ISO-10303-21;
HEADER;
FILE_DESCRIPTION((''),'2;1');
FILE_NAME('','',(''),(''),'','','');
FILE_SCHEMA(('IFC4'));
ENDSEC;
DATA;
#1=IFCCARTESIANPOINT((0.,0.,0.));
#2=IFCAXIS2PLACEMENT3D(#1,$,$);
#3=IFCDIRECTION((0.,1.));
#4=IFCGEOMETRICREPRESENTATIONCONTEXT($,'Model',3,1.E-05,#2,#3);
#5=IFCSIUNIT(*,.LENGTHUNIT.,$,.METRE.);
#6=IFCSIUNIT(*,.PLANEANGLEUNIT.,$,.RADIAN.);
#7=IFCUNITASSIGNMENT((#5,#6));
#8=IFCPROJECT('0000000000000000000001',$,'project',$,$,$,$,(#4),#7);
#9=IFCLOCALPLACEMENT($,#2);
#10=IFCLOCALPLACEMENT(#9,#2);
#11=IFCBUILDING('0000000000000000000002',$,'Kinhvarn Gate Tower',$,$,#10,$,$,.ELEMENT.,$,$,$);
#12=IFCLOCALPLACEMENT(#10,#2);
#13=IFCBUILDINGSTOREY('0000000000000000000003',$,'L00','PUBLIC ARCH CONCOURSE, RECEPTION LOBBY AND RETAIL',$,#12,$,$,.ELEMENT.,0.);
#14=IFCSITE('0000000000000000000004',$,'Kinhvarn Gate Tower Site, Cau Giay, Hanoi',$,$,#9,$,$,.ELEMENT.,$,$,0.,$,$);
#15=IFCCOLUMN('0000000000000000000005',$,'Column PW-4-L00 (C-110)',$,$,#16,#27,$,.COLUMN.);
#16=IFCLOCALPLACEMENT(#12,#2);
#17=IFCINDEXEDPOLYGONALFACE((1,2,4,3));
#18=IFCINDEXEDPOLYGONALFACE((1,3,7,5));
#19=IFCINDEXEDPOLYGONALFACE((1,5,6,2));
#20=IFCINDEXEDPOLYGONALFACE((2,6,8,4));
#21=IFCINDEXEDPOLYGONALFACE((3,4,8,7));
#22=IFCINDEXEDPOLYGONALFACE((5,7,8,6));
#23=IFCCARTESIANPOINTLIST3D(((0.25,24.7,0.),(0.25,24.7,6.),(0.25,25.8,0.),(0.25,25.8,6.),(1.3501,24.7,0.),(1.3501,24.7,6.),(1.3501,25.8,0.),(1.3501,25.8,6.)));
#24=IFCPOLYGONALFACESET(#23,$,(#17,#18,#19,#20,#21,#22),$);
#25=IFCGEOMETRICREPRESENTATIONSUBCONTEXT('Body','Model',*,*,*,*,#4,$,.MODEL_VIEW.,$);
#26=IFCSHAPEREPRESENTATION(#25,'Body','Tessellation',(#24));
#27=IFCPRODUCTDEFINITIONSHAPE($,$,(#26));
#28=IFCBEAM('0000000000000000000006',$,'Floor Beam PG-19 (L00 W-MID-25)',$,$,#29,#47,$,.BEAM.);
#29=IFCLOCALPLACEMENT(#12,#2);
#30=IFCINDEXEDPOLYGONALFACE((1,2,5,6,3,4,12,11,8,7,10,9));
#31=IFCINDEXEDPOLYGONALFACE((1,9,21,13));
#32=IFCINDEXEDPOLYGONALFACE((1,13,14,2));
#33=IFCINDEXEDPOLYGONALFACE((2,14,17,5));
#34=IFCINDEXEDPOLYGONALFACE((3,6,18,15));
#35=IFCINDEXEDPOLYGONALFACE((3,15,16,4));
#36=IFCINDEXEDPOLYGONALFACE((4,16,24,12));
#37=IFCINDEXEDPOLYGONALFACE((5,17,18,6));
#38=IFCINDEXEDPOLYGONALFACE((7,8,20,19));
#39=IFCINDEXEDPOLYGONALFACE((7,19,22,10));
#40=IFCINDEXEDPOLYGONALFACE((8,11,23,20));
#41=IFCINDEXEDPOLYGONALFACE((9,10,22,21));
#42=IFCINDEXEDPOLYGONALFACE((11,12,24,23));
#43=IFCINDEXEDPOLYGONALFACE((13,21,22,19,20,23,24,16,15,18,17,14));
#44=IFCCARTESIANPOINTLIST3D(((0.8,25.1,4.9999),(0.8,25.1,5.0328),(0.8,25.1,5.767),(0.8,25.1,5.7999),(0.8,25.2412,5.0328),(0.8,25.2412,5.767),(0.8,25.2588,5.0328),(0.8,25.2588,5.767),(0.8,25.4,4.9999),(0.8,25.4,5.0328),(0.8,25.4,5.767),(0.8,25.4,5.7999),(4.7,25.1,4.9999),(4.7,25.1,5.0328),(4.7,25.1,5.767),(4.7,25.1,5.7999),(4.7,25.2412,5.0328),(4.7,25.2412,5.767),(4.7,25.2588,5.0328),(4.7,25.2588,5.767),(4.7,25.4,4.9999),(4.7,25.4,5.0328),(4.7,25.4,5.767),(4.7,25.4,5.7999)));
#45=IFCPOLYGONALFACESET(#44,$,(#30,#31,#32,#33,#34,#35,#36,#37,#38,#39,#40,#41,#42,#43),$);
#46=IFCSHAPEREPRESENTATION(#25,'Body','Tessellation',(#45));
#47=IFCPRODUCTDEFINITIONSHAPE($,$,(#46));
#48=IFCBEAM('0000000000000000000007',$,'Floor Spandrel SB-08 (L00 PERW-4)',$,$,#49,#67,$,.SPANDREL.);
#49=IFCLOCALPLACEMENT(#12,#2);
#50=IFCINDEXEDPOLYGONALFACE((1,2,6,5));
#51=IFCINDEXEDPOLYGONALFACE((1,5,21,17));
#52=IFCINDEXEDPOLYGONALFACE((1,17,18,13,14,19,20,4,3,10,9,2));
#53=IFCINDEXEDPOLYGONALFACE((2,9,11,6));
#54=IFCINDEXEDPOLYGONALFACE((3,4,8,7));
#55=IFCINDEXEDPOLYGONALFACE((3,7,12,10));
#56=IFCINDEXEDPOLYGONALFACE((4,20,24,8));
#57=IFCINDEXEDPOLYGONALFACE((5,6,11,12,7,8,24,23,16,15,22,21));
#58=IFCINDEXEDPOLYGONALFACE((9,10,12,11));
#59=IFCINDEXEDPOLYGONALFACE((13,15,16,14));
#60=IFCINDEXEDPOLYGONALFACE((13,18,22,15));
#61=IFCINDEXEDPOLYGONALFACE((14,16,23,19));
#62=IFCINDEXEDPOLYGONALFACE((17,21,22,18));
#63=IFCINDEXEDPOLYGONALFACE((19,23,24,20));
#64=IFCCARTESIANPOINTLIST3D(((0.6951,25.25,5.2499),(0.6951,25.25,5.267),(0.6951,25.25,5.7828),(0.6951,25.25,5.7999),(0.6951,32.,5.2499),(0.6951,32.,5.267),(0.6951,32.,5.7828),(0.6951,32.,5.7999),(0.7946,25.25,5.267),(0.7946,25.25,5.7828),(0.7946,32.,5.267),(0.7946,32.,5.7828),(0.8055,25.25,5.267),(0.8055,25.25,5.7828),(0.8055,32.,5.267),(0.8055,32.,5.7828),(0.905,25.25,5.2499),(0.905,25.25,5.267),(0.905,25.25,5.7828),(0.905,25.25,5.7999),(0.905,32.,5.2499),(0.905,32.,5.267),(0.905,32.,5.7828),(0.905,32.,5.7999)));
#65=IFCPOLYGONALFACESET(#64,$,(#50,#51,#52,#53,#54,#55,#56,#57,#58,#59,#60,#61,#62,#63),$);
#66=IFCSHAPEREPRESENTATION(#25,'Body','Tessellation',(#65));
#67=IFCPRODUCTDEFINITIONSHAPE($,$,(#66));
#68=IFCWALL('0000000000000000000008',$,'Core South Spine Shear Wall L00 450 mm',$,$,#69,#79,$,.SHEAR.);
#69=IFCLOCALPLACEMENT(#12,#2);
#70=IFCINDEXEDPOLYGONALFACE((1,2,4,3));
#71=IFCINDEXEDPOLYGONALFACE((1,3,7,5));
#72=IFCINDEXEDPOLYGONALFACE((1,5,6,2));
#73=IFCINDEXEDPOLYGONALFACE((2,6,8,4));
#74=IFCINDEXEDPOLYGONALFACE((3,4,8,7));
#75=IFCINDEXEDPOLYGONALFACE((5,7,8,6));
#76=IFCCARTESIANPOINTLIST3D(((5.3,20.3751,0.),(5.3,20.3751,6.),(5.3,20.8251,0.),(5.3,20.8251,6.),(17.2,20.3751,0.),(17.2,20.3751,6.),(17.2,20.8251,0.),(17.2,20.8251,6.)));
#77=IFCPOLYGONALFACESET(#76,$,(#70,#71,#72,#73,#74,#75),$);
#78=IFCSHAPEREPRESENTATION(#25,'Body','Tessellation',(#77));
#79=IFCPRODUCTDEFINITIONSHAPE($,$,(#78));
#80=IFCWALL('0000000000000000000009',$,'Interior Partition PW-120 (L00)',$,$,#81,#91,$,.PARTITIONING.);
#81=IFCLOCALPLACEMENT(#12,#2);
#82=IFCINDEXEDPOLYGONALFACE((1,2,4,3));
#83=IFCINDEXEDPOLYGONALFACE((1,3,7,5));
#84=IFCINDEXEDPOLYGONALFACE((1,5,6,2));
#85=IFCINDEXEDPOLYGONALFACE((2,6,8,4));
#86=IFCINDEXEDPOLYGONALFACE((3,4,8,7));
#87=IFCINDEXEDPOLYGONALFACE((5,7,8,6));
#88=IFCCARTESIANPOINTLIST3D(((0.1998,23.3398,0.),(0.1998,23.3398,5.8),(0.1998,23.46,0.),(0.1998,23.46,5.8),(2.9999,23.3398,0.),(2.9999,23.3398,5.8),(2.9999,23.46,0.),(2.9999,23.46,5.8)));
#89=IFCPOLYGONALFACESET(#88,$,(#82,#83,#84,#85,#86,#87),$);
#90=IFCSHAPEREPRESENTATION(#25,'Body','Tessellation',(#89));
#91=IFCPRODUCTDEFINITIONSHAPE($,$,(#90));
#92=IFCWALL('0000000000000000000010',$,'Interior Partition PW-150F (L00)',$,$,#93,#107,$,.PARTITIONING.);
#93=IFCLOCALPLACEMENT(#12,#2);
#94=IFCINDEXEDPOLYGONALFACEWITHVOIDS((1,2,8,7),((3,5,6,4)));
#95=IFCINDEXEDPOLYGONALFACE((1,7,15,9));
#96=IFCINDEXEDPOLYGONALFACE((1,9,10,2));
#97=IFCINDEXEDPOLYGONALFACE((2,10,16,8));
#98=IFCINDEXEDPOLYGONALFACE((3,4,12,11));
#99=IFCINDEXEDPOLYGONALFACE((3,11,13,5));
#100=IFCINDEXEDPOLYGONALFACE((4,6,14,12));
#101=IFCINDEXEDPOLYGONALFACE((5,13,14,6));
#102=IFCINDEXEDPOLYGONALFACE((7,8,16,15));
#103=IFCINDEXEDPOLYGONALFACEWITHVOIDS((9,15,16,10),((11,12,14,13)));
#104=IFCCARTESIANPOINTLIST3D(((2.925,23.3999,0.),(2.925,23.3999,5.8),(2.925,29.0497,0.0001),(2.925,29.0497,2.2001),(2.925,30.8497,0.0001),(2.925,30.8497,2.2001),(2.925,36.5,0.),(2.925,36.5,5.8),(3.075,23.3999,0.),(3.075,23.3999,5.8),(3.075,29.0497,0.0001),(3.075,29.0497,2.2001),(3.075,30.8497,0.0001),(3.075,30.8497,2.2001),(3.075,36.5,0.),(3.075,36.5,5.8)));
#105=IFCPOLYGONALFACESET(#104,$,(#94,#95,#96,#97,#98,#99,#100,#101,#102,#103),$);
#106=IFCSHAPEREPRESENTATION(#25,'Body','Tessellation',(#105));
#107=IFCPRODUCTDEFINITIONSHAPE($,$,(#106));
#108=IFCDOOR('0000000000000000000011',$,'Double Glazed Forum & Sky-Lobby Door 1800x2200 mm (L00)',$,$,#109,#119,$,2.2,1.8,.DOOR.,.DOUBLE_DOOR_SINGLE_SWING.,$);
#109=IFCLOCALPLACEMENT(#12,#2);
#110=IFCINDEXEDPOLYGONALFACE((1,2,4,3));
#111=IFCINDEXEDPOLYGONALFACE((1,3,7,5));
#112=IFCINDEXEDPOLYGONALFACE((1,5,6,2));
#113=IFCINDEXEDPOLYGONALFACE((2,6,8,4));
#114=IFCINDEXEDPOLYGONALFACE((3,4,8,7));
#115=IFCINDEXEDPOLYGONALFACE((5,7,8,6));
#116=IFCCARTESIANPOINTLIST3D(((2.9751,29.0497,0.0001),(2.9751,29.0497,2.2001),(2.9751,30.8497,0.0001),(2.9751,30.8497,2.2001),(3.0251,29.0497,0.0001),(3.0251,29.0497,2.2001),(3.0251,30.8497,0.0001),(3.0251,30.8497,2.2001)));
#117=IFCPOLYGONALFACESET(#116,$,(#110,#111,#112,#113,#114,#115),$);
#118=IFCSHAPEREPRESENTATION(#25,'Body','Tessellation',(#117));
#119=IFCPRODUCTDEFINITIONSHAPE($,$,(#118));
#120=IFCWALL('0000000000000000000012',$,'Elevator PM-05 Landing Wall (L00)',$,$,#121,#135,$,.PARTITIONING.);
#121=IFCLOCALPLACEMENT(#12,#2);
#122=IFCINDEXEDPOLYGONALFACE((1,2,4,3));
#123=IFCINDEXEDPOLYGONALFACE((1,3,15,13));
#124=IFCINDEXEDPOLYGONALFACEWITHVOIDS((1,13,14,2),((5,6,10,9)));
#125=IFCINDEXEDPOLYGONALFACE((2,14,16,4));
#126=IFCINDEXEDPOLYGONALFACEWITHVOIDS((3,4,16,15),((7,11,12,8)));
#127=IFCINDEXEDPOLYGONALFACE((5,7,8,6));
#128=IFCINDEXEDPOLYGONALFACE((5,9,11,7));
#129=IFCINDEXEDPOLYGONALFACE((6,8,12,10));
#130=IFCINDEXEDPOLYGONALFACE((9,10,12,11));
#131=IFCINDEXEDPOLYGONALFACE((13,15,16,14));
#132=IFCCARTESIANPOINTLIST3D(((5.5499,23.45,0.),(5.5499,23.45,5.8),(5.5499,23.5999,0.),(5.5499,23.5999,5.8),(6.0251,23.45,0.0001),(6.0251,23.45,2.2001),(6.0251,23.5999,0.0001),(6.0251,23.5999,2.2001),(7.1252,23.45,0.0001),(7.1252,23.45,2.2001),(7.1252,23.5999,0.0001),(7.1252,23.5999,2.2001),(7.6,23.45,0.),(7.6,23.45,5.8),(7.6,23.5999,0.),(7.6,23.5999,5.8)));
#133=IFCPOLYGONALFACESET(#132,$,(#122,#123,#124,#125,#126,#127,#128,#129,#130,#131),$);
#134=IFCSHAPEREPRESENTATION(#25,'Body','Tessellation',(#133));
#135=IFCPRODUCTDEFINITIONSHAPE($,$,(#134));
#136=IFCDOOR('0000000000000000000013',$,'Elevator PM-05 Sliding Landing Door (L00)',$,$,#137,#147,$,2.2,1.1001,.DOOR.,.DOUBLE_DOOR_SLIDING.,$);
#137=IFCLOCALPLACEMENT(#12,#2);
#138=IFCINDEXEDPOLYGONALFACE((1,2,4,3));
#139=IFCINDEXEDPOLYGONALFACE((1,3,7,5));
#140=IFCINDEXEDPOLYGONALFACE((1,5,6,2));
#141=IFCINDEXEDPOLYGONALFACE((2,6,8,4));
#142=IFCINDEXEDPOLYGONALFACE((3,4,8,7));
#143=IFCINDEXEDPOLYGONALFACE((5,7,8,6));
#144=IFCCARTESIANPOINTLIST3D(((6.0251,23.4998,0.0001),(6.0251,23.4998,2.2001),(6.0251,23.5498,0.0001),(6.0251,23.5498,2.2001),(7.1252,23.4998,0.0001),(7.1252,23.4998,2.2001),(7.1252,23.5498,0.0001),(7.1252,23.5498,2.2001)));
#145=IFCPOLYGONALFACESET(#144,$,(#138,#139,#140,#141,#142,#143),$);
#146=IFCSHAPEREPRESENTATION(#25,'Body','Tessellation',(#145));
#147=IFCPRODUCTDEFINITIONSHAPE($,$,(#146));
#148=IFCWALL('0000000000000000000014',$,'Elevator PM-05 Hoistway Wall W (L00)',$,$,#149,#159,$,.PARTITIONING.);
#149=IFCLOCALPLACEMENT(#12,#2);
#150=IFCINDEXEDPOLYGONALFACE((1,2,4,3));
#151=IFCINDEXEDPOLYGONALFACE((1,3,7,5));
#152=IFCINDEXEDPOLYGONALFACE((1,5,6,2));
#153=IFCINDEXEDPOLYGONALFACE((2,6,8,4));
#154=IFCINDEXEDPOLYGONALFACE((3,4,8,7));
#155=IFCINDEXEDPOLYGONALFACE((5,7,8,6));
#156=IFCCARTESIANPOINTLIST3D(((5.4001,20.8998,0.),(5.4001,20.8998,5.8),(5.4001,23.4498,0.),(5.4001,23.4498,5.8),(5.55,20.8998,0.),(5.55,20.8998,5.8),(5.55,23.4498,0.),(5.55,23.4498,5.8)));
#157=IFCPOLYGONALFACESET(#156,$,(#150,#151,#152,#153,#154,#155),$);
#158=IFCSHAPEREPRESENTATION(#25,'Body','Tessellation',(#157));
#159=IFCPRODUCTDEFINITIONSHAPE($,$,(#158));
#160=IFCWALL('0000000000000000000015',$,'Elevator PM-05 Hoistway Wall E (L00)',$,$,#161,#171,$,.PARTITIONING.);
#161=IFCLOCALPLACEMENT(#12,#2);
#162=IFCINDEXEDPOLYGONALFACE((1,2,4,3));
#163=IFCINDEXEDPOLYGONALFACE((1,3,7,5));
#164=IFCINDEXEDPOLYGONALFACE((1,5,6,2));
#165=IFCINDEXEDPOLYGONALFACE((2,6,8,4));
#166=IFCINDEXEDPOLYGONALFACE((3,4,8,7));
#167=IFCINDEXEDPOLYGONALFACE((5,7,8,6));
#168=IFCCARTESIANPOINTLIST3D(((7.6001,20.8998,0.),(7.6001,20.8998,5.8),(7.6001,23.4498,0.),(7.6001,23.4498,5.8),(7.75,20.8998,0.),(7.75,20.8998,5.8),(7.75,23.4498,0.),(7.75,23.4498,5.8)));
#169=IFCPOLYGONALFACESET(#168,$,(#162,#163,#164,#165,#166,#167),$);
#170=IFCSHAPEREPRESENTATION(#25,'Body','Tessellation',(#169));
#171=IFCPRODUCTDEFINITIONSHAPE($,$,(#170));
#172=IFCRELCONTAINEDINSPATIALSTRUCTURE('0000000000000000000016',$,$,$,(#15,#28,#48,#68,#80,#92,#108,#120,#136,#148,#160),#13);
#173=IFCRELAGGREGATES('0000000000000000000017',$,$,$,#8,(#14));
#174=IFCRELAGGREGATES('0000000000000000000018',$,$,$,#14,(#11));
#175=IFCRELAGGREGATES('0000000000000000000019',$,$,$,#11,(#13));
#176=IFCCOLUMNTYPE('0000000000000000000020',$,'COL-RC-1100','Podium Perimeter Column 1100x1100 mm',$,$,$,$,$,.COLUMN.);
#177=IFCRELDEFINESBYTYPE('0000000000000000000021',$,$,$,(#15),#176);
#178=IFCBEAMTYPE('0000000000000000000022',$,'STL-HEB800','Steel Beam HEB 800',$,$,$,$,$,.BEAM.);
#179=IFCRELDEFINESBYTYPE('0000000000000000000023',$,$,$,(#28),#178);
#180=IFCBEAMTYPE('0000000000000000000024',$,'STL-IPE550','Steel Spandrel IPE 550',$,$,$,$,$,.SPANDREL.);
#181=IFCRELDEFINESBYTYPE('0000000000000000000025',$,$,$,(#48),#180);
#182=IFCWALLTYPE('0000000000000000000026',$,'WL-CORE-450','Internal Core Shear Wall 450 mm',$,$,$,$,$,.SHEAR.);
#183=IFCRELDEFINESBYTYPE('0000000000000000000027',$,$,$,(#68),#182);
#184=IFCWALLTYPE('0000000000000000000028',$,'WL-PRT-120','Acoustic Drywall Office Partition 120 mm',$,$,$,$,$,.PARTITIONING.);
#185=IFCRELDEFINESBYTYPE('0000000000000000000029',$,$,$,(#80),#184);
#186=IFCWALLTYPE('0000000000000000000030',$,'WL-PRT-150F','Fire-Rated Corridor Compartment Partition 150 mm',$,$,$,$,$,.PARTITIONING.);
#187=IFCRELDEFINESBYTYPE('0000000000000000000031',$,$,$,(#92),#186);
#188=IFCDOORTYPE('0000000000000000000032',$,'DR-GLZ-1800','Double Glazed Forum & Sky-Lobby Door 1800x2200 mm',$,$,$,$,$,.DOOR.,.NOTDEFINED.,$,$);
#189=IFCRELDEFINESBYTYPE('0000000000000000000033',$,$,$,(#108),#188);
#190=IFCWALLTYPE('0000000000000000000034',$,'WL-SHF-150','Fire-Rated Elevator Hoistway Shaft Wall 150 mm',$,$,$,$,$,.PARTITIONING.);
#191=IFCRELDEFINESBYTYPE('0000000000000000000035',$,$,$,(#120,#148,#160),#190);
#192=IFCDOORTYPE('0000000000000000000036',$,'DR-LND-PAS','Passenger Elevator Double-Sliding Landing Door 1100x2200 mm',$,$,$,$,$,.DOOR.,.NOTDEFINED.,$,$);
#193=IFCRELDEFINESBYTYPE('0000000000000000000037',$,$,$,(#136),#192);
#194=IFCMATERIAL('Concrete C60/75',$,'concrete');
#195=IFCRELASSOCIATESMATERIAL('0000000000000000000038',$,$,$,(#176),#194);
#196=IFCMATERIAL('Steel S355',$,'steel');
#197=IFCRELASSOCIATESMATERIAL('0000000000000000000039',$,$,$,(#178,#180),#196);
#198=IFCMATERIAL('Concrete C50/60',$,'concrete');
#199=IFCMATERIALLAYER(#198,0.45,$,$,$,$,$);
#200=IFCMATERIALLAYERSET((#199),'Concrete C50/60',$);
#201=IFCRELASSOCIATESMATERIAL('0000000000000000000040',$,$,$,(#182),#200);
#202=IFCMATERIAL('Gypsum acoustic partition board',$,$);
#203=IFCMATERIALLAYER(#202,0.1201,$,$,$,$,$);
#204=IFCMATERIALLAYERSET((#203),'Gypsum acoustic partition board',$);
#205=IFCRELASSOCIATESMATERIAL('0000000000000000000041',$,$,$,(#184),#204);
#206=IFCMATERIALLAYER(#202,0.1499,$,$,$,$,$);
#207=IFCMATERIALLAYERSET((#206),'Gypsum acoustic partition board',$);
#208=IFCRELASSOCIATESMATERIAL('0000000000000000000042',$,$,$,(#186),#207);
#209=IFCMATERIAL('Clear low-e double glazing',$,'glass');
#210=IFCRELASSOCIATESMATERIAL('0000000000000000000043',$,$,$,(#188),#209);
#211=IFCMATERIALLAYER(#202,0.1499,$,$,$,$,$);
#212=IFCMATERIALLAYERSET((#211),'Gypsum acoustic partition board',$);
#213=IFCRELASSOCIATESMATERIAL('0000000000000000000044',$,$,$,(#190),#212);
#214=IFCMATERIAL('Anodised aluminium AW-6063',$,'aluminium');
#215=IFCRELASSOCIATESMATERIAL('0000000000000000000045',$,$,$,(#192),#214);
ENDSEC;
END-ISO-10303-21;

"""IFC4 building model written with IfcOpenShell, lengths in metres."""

from ifc_helpers import new_model, si_unit, direction, frame, frame_2d, origin, origin_2d, place, context, subcontext, project, spatial, rectangle, i_section, extrude, material, layer, layer_set, material_profile, profile_set, type_object, element, fill, save


model = new_model("IFC4")

# Units and contexts
model_context = context("Model", 3, precision=1e-05, world=origin(), true_north=direction((0.0, 1.0)))
body_context = subcontext(model_context, "Body", "Model", "MODEL_VIEW")
ifc_project = project(units=[si_unit("LENGTHUNIT", "METRE"), si_unit("PLANEANGLEUNIT", "RADIAN")], contexts=[model_context])

# Site, building, storey
site_placement = place(None, origin())
site = spatial("IfcSite", under=ifc_project, at=site_placement, Name="Kinhvarn Gate Tower Site, Cau Giay, Hanoi", CompositionType="ELEMENT", RefElevation=0.0)
building_placement = place(site_placement, origin())
building = spatial("IfcBuilding", under=site, at=building_placement, Name="Kinhvarn Gate Tower", CompositionType="ELEMENT")
storey_placement = place(building_placement, origin())
storey = spatial("IfcBuildingStorey", under=building, at=storey_placement, Name="L00", Description="PUBLIC ARCH CONCOURSE, RECEPTION LOBBY AND RETAIL", CompositionType="ELEMENT", Elevation=0.0)

# Column
ifc_material_1 = material(Name="Concrete C60/75", Category="concrete")
ifc_material_profile_1 = material_profile(ifc_material_1, rectangle(XDim=1.1001, YDim=1.1001, at=origin_2d()), Name="RC 1100x1100")
ifc_profile_set_1 = profile_set([ifc_material_profile_1], Name="Concrete C60/75")
column_type = type_object("IfcColumnType", Name="COL-RC-1100", Description="Podium Perimeter Column 1100x1100 mm", PredefinedType="COLUMN", material=ifc_profile_set_1)
column_placement = place(storey_placement, frame((0.8, 25.25, 0.0), z_axis=(0.0, 0.0, 1.0), x_axis=(1.0, 0.0, 0.0)))
element("IfcColumn", 1, at=column_placement, inside=storey, type_object=column_type, Name="Column PW-4-L00 (C-110)", PredefinedType="COLUMN", context=body_context, shape_type="SweptSolid", body=[
    extrude(rectangle(XDim=1.1001, YDim=1.1001, at=origin_2d()), origin(), (0.0, 0.0, 1.0), 6.0),
])

# Beams
ifc_material_2 = material(Name="Steel S355", Category="steel")
ifc_material_profile_2 = material_profile(ifc_material_2, i_section(OverallWidth=0.3, OverallDepth=0.8, WebThickness=0.0176, FlangeThickness=0.033, at=origin_2d()), Name="HEB 800")
ifc_profile_set_2 = profile_set([ifc_material_profile_2], Name="Steel S355")
beam_type_1 = type_object("IfcBeamType", Name="STL-HEB800", Description="Steel Beam HEB 800", PredefinedType="BEAM", material=ifc_profile_set_2)
beam_1_placement = place(storey_placement, frame((0.8, 25.25, 5.3999), z_axis=(1.0, 0.0, 0.0), x_axis=(0.0, 1.0, 0.0)))
element("IfcBeam", 2, at=beam_1_placement, inside=storey, type_object=beam_type_1, Name="Floor Beam PG-19 (L00 W-MID-25)", PredefinedType="BEAM", context=body_context, shape_type="SweptSolid", body=[
    extrude(i_section(OverallWidth=0.3, OverallDepth=0.8, WebThickness=0.0176, FlangeThickness=0.033, at=origin_2d()), origin(), (0.0, 0.0, 1.0), 3.8999),
])
ifc_material_profile_3 = material_profile(ifc_material_2, i_section(OverallWidth=0.21, OverallDepth=0.55, WebThickness=0.011, FlangeThickness=0.0171, at=origin_2d()), Name="IPE 550")
ifc_profile_set_3 = profile_set([ifc_material_profile_3], Name="Steel S355")
beam_type_2 = type_object("IfcBeamType", Name="STL-IPE550", Description="Steel Spandrel IPE 550", PredefinedType="SPANDREL", material=ifc_profile_set_3)
beam_2_placement = place(storey_placement, frame((0.8, 25.25, 5.5249), z_axis=(0.0, 1.0, 0.0), x_axis=(-1.0, 0.0, 0.0)))
element("IfcBeam", 3, at=beam_2_placement, inside=storey, type_object=beam_type_2, Name="Floor Spandrel SB-08 (L00 PERW-4)", PredefinedType="SPANDREL", context=body_context, shape_type="SweptSolid", body=[
    extrude(i_section(OverallWidth=0.21, OverallDepth=0.55, WebThickness=0.011, FlangeThickness=0.0171, at=origin_2d()), origin(), (0.0, 0.0, 1.0), 6.75),
])

# Walls
ifc_material_3 = material(Name="Concrete C50/60", Category="concrete")
ifc_layer_1 = layer(ifc_material_3, 0.45)
ifc_layer_set_1 = layer_set([ifc_layer_1], Name="Concrete C50/60")
wall_type_1 = type_object("IfcWallType", Name="WL-CORE-450", Description="Internal Core Shear Wall 450 mm", PredefinedType="SHEAR", material=ifc_layer_set_1)
wall_1_placement = place(storey_placement, frame((5.3, 20.6001, 0.0), z_axis=(0.0, 0.0, 1.0), x_axis=(1.0, 0.0, 0.0)))
element("IfcWall", 4, at=wall_1_placement, inside=storey, type_object=wall_type_1, Name="Core South Spine Shear Wall L00 450 mm", PredefinedType="SHEAR", context=body_context, shape_type="SweptSolid", body=[
    extrude(rectangle(XDim=11.8999, YDim=0.45, at=frame_2d((5.95, 0.0))), origin(), (0.0, 0.0, 1.0), 6.0),
])
ifc_material_4 = material(Name="Gypsum acoustic partition board")
ifc_layer_2 = layer(ifc_material_4, 0.1201)
ifc_layer_set_2 = layer_set([ifc_layer_2], Name="Gypsum acoustic partition board")
wall_type_2 = type_object("IfcWallType", Name="WL-PRT-120", Description="Acoustic Drywall Office Partition 120 mm", PredefinedType="PARTITIONING", material=ifc_layer_set_2)
wall_2_placement = place(storey_placement, frame((0.2, 23.3999, 0.0), z_axis=(0.0, 0.0, 1.0), x_axis=(1.0, 0.0, 0.0)))
element("IfcWall", 5, at=wall_2_placement, inside=storey, type_object=wall_type_2, Name="Interior Partition PW-120 (L00)", PredefinedType="PARTITIONING", context=body_context, shape_type="SweptSolid", body=[
    extrude(rectangle(XDim=2.8, YDim=0.1201, at=frame_2d((1.3999, 0.0))), origin(), (0.0, 0.0, 1.0), 5.8),
])

# Walls, openings, doors
ifc_layer_3 = layer(ifc_material_4, 0.1499)
ifc_layer_set_3 = layer_set([ifc_layer_3], Name="Gypsum acoustic partition board")
wall_type_3 = type_object("IfcWallType", Name="WL-PRT-150F", Description="Fire-Rated Corridor Compartment Partition 150 mm", PredefinedType="PARTITIONING", material=ifc_layer_set_3)
wall_3_placement = place(storey_placement, frame((3.0, 23.3999, 0.0), z_axis=(0.0, 0.0, 1.0), x_axis=(0.0, 1.0, 0.0)))
wall_3 = element("IfcWall", 6, at=wall_3_placement, inside=storey, type_object=wall_type_3, Name="Interior Partition PW-150F (L00)", PredefinedType="PARTITIONING", context=body_context, shape_type="SweptSolid", body=[
    extrude(rectangle(XDim=13.1001, YDim=0.1499, at=frame_2d((6.55, 0.0))), origin(), (0.0, 0.0, 1.0), 5.8),
])
opening_1_placement = place(wall_3_placement, frame((5.6499, 0.0, 0.0)))
opening_1 = element("IfcOpeningElement", 7, at=opening_1_placement, cuts=wall_3, PredefinedType="OPENING", context=body_context, shape_type="SweptSolid", body=[
    extrude(rectangle(XDim=1.8, YDim=2.2, at=frame_2d((0.8999, 1.1001))), frame((0.0, 0.085, 0.0), z_axis=(0.0, -1.0, 0.0), x_axis=(1.0, 0.0, 0.0)), (0.0, 0.0, 1.0), 0.1699),
])
ifc_material_5 = material(Name="Clear low-e double glazing", Category="glass")
door_type_1 = type_object("IfcDoorType", Name="DR-GLZ-1800", Description="Double Glazed Forum & Sky-Lobby Door 1800x2200 mm", OperationType="NOTDEFINED", PredefinedType="DOOR", material=ifc_material_5)
door_1_placement = place(opening_1_placement, origin())
door_1 = element("IfcDoor", 8, at=door_1_placement, inside=storey, type_object=door_type_1, Name="Double Glazed Forum & Sky-Lobby Door 1800x2200 mm (L00)", OperationType="DOUBLE_DOOR_SINGLE_SWING", OverallHeight=2.2, OverallWidth=1.8, PredefinedType="DOOR", context=body_context, shape_type="SweptSolid", body=[
    extrude(rectangle(XDim=1.8, YDim=2.2, at=frame_2d((0.8999, 1.1001))), frame((0.0, 0.0249, 0.0), z_axis=(0.0, -1.0, 0.0), x_axis=(1.0, 0.0, 0.0)), (0.0, 0.0, 1.0), 0.05),
])
fill(opening_1, door_1)
ifc_layer_4 = layer(ifc_material_4, 0.1499)
ifc_layer_set_4 = layer_set([ifc_layer_4], Name="Gypsum acoustic partition board")
wall_type_4 = type_object("IfcWallType", Name="WL-SHF-150", Description="Fire-Rated Elevator Hoistway Shaft Wall 150 mm", PredefinedType="PARTITIONING", material=ifc_layer_set_4)
wall_4_placement = place(storey_placement, frame((5.55, 23.5249, 0.0), z_axis=(0.0, 0.0, 1.0), x_axis=(1.0, 0.0, 0.0)))
wall_4 = element("IfcWall", 9, at=wall_4_placement, inside=storey, type_object=wall_type_4, Name="Elevator PM-05 Landing Wall (L00)", PredefinedType="PARTITIONING", context=body_context, shape_type="SweptSolid", body=[
    extrude(rectangle(XDim=2.05, YDim=0.1499, at=frame_2d((1.0249, 0.0))), origin(), (0.0, 0.0, 1.0), 5.8),
])
opening_2_placement = place(wall_4_placement, frame((0.4751, 0.0, 0.0)))
opening_2 = element("IfcOpeningElement", 10, at=opening_2_placement, cuts=wall_4, PredefinedType="OPENING", context=body_context, shape_type="SweptSolid", body=[
    extrude(rectangle(XDim=1.1001, YDim=2.2, at=frame_2d((0.55, 1.1001))), frame((0.0, 0.085, 0.0), z_axis=(0.0, -1.0, 0.0), x_axis=(1.0, 0.0, 0.0)), (0.0, 0.0, 1.0), 0.1699),
])
ifc_material_6 = material(Name="Anodised aluminium AW-6063", Category="aluminium")
door_type_2 = type_object("IfcDoorType", Name="DR-LND-PAS", Description="Passenger Elevator Double-Sliding Landing Door 1100x2200 mm", OperationType="NOTDEFINED", PredefinedType="DOOR", material=ifc_material_6)
door_2_placement = place(opening_2_placement, origin())
door_2 = element("IfcDoor", 11, at=door_2_placement, inside=storey, type_object=door_type_2, Name="Elevator PM-05 Sliding Landing Door (L00)", OperationType="DOUBLE_DOOR_SLIDING", OverallHeight=2.2, OverallWidth=1.1001, PredefinedType="DOOR", context=body_context, shape_type="SweptSolid", body=[
    extrude(rectangle(XDim=1.1001, YDim=2.2, at=frame_2d((0.55, 1.1001))), frame((0.0, 0.0249, 0.0), z_axis=(0.0, -1.0, 0.0), x_axis=(1.0, 0.0, 0.0)), (0.0, 0.0, 1.0), 0.05),
])
fill(opening_2, door_2)

# Walls
for number, where, z_axis, x_axis, name in (
    (12, (5.4751, 20.8999, 0.0), (0.0, 0.0, 1.0), (0.0, 1.0, 0.0), "Elevator PM-05 Hoistway Wall W (L00)"),
    (13, (7.675, 20.8999, 0.0), (0.0, 0.0, 1.0), (0.0, 1.0, 0.0), "Elevator PM-05 Hoistway Wall E (L00)"),
):
    element("IfcWall", number, at=place(storey_placement, frame(where, z_axis=z_axis, x_axis=x_axis)), inside=storey, type_object=wall_type_4, Name=name, PredefinedType="PARTITIONING", context=body_context, shape_type="SweptSolid", body=[
        extrude(rectangle(XDim=2.55, YDim=0.1499, at=frame_2d((1.2749, 0.0))), origin(), (0.0, 0.0, 1.0), 5.8),
    ])

save(model, "model.ifc")
